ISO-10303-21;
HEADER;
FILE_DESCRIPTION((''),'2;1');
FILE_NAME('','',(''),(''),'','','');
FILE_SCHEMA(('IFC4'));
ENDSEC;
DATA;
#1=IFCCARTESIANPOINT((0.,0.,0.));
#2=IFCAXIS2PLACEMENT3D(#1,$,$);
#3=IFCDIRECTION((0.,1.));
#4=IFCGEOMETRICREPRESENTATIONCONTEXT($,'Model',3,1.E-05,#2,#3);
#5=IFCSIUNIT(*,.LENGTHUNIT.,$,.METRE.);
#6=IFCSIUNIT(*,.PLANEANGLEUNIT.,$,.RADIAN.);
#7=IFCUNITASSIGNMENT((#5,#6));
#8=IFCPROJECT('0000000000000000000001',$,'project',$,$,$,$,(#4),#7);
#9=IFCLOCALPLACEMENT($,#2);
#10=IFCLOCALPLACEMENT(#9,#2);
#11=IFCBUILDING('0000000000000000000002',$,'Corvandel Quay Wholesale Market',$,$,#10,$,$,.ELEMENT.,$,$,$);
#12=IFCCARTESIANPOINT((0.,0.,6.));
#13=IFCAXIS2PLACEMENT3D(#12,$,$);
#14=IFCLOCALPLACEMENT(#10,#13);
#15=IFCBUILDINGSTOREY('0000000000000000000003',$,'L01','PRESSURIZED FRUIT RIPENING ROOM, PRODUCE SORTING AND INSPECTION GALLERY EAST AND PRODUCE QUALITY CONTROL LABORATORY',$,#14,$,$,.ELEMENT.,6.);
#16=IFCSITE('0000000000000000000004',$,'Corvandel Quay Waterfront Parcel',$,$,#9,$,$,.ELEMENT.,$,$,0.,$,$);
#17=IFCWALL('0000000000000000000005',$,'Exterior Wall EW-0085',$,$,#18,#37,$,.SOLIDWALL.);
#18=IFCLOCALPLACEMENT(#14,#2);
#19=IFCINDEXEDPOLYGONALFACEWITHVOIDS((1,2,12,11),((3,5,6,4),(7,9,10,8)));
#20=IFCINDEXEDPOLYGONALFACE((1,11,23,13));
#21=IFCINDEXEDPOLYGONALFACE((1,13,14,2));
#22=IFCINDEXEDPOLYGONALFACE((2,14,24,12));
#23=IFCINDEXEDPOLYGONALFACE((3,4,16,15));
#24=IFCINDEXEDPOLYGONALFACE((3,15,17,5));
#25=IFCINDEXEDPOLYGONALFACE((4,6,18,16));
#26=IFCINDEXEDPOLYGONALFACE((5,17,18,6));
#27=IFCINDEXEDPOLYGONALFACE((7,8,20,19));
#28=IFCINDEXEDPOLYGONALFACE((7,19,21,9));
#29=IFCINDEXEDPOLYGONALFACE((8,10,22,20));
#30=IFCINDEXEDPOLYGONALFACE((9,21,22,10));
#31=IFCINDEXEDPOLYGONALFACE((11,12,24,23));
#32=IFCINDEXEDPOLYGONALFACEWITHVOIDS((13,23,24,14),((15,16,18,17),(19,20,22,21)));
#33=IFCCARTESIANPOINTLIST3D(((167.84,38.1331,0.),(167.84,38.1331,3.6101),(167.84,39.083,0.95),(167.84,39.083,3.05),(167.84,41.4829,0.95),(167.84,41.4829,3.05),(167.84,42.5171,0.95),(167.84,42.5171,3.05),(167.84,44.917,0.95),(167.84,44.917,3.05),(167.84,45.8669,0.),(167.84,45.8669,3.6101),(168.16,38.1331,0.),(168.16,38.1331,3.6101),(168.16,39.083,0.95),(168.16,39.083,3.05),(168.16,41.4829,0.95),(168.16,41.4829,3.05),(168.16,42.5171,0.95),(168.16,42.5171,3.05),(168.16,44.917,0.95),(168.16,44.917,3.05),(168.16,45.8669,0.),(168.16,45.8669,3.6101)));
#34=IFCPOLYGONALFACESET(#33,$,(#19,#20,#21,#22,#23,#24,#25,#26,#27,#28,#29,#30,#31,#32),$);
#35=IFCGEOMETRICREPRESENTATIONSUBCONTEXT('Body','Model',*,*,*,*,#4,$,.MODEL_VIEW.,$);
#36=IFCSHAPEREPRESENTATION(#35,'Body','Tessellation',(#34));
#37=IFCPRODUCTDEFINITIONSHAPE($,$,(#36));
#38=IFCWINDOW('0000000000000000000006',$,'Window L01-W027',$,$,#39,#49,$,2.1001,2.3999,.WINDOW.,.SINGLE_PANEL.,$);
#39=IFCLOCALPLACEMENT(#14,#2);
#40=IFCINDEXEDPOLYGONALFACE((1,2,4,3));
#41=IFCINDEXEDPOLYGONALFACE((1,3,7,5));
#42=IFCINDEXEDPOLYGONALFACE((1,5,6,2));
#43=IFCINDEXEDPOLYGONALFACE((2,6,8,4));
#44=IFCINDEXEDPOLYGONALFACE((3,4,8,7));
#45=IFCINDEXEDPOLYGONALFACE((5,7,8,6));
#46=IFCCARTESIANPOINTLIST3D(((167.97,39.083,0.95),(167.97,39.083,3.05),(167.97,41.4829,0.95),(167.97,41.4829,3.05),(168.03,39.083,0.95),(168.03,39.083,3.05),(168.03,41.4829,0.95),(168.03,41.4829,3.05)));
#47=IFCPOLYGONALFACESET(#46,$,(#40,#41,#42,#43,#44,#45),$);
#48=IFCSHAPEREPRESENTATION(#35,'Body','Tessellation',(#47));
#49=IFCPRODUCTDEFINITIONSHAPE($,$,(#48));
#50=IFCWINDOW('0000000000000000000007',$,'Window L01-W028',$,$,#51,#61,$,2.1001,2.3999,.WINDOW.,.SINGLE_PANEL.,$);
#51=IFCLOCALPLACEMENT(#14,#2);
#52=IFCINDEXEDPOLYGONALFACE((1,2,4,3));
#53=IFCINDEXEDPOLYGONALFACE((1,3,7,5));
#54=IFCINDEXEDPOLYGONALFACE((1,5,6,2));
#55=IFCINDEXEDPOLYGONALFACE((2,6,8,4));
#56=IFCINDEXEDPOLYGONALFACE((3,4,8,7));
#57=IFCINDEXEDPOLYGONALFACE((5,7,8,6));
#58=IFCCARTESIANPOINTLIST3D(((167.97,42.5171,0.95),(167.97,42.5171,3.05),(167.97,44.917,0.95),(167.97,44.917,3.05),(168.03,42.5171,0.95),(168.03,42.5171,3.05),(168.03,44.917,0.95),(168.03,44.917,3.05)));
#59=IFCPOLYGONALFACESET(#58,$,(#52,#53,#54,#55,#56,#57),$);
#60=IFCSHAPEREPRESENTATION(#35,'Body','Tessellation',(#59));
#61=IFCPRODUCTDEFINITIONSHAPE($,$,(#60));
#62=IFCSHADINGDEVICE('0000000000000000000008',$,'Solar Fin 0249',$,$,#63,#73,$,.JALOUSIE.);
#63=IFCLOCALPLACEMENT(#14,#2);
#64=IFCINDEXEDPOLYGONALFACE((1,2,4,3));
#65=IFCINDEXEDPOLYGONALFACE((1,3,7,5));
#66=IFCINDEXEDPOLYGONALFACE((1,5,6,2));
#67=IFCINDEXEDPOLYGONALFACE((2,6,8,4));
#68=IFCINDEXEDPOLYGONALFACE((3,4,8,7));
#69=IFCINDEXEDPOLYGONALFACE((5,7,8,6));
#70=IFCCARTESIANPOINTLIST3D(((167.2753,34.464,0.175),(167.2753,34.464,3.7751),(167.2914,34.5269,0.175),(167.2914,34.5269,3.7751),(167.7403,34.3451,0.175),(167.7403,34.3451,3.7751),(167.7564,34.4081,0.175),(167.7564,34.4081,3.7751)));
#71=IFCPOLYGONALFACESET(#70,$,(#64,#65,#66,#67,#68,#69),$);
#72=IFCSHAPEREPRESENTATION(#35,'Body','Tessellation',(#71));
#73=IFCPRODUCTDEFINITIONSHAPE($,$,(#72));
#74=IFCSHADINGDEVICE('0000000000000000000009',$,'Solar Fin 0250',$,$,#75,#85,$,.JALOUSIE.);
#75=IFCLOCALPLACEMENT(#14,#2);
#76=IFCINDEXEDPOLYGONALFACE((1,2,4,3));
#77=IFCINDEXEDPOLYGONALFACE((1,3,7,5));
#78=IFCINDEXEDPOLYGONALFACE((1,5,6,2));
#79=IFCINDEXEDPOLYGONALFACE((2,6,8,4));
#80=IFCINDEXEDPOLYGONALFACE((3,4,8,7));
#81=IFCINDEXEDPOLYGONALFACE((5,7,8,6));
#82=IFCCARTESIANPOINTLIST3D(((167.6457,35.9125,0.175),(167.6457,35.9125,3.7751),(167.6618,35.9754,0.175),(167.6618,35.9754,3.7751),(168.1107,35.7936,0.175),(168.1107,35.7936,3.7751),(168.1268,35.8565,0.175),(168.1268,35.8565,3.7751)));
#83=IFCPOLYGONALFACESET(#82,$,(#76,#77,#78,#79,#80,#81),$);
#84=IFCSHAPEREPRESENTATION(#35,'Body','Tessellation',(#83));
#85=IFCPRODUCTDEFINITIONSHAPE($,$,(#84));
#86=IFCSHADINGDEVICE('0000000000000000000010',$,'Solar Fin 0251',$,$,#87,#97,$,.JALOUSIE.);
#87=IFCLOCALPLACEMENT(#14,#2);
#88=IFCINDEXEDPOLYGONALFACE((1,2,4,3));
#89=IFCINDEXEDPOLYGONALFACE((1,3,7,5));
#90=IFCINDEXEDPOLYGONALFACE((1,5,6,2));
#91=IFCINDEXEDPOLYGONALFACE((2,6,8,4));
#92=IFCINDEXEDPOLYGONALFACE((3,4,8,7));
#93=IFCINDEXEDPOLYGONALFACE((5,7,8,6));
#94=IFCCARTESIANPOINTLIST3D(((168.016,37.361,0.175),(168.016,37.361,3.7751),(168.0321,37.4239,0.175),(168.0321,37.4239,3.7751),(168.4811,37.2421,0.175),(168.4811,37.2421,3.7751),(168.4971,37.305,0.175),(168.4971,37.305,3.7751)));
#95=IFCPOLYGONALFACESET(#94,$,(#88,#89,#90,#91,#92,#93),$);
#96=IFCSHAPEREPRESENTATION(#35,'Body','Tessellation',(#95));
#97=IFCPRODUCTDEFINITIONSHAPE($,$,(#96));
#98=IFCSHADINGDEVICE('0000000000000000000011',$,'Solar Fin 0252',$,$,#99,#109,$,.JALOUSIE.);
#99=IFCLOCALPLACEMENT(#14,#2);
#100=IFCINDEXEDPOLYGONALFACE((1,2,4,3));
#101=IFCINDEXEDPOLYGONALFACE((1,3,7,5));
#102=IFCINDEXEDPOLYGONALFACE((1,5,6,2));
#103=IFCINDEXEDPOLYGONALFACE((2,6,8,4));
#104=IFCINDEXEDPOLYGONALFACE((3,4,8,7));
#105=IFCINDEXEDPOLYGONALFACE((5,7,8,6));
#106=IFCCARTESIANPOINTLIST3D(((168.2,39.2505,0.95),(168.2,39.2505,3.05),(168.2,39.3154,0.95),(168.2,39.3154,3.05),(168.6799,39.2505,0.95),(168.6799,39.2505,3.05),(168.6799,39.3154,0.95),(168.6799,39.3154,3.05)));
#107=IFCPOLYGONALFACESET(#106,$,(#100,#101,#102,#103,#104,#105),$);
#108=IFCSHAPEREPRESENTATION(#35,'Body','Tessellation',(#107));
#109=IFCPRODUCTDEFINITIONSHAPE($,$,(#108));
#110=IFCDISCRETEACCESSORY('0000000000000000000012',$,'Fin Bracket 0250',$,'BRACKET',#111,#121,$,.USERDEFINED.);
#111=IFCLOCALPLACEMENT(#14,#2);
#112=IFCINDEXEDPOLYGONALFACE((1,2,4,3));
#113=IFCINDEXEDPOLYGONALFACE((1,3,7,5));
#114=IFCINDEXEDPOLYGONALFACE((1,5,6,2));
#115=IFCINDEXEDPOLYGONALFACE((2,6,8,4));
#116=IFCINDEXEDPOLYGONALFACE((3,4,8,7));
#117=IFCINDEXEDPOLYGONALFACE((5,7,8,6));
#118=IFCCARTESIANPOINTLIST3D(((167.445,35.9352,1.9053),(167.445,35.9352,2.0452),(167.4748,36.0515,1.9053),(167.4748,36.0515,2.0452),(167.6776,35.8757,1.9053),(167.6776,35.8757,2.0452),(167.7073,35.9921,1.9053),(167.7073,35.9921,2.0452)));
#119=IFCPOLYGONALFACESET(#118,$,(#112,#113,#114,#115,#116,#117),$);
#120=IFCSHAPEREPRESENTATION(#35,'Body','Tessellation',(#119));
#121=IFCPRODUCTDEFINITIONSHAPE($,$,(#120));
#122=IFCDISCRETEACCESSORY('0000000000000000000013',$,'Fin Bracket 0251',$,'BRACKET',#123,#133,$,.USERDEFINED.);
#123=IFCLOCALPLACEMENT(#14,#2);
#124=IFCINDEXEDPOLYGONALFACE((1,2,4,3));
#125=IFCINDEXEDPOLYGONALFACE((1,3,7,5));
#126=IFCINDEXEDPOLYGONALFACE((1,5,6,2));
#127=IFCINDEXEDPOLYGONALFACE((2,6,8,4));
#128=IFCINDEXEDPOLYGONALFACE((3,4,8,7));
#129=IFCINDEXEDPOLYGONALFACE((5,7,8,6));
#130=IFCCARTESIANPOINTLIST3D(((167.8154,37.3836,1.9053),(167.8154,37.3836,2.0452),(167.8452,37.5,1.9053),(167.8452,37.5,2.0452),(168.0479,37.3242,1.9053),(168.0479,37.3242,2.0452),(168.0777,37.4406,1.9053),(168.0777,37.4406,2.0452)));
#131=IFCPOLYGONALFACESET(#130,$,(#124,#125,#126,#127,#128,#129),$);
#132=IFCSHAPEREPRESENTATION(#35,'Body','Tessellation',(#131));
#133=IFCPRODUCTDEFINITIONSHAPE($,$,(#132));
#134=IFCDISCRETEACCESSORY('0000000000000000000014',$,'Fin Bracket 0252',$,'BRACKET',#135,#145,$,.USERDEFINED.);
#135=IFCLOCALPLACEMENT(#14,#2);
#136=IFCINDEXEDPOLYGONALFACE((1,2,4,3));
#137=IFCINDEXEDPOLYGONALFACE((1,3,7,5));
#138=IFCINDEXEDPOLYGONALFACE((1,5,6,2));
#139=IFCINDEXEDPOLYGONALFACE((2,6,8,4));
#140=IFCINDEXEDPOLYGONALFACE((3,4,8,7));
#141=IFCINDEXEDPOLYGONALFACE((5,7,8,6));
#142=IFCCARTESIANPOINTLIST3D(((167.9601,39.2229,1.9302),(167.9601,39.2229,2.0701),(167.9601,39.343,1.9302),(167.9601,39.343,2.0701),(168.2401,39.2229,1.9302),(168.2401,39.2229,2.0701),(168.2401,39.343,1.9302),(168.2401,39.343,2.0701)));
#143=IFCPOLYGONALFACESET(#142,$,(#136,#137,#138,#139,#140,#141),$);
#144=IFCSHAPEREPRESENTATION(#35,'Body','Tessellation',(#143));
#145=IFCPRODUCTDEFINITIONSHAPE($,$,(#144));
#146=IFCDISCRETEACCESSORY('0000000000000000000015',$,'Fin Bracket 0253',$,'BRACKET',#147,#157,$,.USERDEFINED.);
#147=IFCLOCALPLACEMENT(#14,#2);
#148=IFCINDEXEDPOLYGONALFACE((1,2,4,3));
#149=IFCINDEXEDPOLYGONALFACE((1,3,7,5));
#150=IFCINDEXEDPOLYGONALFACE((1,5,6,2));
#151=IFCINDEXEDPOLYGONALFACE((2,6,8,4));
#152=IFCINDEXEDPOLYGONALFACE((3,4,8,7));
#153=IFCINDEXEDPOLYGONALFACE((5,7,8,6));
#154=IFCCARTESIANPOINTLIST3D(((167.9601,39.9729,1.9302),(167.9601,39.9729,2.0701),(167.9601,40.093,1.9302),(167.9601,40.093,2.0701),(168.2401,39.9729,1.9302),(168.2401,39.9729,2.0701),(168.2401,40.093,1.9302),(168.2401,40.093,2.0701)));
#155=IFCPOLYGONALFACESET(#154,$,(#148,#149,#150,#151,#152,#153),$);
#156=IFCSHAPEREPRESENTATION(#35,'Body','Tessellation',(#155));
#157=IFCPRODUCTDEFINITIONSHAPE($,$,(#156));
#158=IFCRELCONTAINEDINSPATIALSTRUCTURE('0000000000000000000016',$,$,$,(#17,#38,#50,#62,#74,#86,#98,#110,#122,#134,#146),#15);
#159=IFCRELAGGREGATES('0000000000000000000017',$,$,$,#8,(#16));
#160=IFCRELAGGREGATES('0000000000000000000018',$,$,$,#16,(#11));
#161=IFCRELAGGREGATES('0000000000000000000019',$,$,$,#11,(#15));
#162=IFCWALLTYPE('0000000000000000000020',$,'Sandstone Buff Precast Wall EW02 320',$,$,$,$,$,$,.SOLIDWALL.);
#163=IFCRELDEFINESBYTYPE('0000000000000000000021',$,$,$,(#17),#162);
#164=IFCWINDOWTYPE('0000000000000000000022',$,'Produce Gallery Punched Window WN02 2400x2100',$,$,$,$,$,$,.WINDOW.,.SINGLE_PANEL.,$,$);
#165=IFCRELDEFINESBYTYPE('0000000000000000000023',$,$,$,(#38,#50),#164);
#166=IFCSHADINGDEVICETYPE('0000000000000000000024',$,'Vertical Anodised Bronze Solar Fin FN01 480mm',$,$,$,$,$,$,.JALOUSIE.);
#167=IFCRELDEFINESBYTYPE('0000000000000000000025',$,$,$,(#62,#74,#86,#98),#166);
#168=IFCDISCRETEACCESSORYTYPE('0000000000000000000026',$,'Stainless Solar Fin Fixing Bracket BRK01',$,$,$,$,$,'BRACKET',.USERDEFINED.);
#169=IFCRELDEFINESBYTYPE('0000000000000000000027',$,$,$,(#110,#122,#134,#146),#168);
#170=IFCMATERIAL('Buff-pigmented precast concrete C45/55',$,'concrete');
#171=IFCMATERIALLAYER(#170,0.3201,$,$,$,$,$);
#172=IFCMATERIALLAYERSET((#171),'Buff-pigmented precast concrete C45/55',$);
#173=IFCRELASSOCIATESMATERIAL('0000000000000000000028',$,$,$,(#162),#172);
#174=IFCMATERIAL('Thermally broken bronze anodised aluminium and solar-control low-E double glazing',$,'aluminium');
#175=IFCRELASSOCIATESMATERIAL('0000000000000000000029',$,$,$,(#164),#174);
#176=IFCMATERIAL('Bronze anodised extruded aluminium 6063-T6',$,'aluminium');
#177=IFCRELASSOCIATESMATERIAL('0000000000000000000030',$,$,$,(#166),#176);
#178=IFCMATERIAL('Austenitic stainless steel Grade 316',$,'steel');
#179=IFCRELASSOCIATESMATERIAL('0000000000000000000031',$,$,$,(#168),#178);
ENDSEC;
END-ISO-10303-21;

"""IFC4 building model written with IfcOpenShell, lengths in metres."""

from ifc_helpers import new_model, si_unit, direction, frame, frame_2d, origin, origin_2d, place, context, subcontext, project, spatial, rectangle, extrude, material, layer, layer_set, type_object, element, fill, save


model = new_model("IFC4")

# Units and contexts
model_context = context("Model", 3, precision=1e-05, world=origin(), true_north=direction((0.0, 1.0)))
body_context = subcontext(model_context, "Body", "Model", "MODEL_VIEW")
ifc_project = project(units=[si_unit("LENGTHUNIT", "METRE"), si_unit("PLANEANGLEUNIT", "RADIAN")], contexts=[model_context])

# Site, building, storey
site_placement = place(None, origin())
site = spatial("IfcSite", under=ifc_project, at=site_placement, Name="Corvandel Quay Waterfront Parcel", CompositionType="ELEMENT", RefElevation=0.0)
building_placement = place(site_placement, origin())
building = spatial("IfcBuilding", under=site, at=building_placement, Name="Corvandel Quay Wholesale Market", CompositionType="ELEMENT")
storey_placement = place(building_placement, frame((0.0, 0.0, 6.0)))
storey = spatial("IfcBuildingStorey", under=building, at=storey_placement, Name="L01", Description="PRESSURIZED FRUIT RIPENING ROOM, PRODUCE SORTING AND INSPECTION GALLERY EAST AND PRODUCE QUALITY CONTROL LABORATORY", CompositionType="ELEMENT", Elevation=6.0)

# Wall, openings, windows
ifc_material_1 = material(Name="Buff-pigmented precast concrete C45/55", Category="concrete")
ifc_layer_1 = layer(ifc_material_1, 0.3201)
ifc_layer_set_1 = layer_set([ifc_layer_1], Name="Buff-pigmented precast concrete C45/55")
wall_type_1 = type_object("IfcWallType", Name="Sandstone Buff Precast Wall EW02 320", PredefinedType="SOLIDWALL", material=ifc_layer_set_1)
wall_1_placement = place(storey_placement, frame((168.0, 38.1331, 0.0), z_axis=(0.0, 0.0, 1.0), x_axis=(0.0, 1.0, 0.0)))
wall_1 = element("IfcWall", 1, at=wall_1_placement, inside=storey, type_object=wall_type_1, Name="Exterior Wall EW-0085", PredefinedType="SOLIDWALL", context=body_context, shape_type="SweptSolid", body=[
    extrude(rectangle(XDim=7.7339, YDim=0.3201, at=frame_2d((3.8669, 0.0))), origin(), (0.0, 0.0, 1.0), 3.6101),
])
opening_1_placement = place(wall_1_placement, frame((0.95, 0.0, 0.95)))
opening_1 = element("IfcOpeningElement", 2, at=opening_1_placement, cuts=wall_1, PredefinedType="OPENING", context=body_context, shape_type="SweptSolid", body=[
    extrude(rectangle(XDim=2.3999, YDim=2.1001, at=frame_2d((1.2, 1.05))), frame((0.0, 0.1699, 0.0), z_axis=(0.0, -1.0, 0.0), x_axis=(1.0, 0.0, 0.0)), (0.0, 0.0, 1.0), 0.3401),
])
opening_2_placement = place(wall_1_placement, frame((4.384, 0.0, 0.95)))
opening_2 = element("IfcOpeningElement", 3, at=opening_2_placement, cuts=wall_1, PredefinedType="OPENING", context=body_context, shape_type="SweptSolid", body=[
    extrude(rectangle(XDim=2.3999, YDim=2.1001, at=frame_2d((1.2, 1.05))), frame((0.0, 0.1699, 0.0), z_axis=(0.0, -1.0, 0.0), x_axis=(1.0, 0.0, 0.0)), (0.0, 0.0, 1.0), 0.3401),
])
ifc_material_2 = material(Name="Thermally broken bronze anodised aluminium and solar-control low-E double glazing", Category="aluminium")
window_type = type_object("IfcWindowType", Name="Produce Gallery Punched Window WN02 2400x2100", PartitioningType="SINGLE_PANEL", PredefinedType="WINDOW", material=ifc_material_2)
window_1_placement = place(opening_1_placement, origin())
window_1 = element("IfcWindow", 4, at=window_1_placement, inside=storey, type_object=window_type, Name="Window L01-W027", OverallHeight=2.1001, OverallWidth=2.3999, PartitioningType="SINGLE_PANEL", PredefinedType="WINDOW", context=body_context, shape_type="SweptSolid", body=[
    extrude(rectangle(XDim=2.3999, YDim=2.1001, at=frame_2d((1.2, 1.05))), frame((0.0, 0.03, 0.0), z_axis=(0.0, -1.0, 0.0), x_axis=(1.0, 0.0, 0.0)), (0.0, 0.0, 1.0), 0.0601),
])
fill(opening_1, window_1)
window_2_placement = place(opening_2_placement, origin())
window_2 = element("IfcWindow", 5, at=window_2_placement, inside=storey, type_object=window_type, Name="Window L01-W028", OverallHeight=2.1001, OverallWidth=2.3999, PartitioningType="SINGLE_PANEL", PredefinedType="WINDOW", context=body_context, shape_type="SweptSolid", body=[
    extrude(rectangle(XDim=2.3999, YDim=2.1001, at=frame_2d((1.2, 1.05))), frame((0.0, 0.03, 0.0), z_axis=(0.0, -1.0, 0.0), x_axis=(1.0, 0.0, 0.0)), (0.0, 0.0, 1.0), 0.0601),
])
fill(opening_2, window_2)

# Shading devices
ifc_material_3 = material(Name="Bronze anodised extruded aluminium 6063-T6", Category="aluminium")
shading_device_type = type_object("IfcShadingDeviceType", Name="Vertical Anodised Bronze Solar Fin FN01 480mm", PredefinedType="JALOUSIE", material=ifc_material_3)
for number, where, z_axis, x_axis, name in (
    (6, (167.5159, 34.436, 0.175), (0.0, 0.0, 1.0), (-0.968843, 0.247675, 0.0), "Solar Fin 0249"),
    (7, (167.8862, 35.8845, 0.175), (0.0, 0.0, 1.0), (-0.968843, 0.247675, 0.0), "Solar Fin 0250"),
    (8, (168.2566, 37.333, 0.175), (0.0, 0.0, 1.0), (-0.968843, 0.247675, 0.0), "Solar Fin 0251"),
):
    element("IfcShadingDevice", number, at=place(storey_placement, frame(where, z_axis=z_axis, x_axis=x_axis)), inside=storey, type_object=shading_device_type, Name=name, PredefinedType="JALOUSIE", context=body_context, shape_type="SweptSolid", body=[
        extrude(rectangle(XDim=0.48, YDim=0.0649, at=origin_2d()), origin(), (0.0, 0.0, 1.0), 3.6001),
    ])
shading_device_placement = place(storey_placement, frame((168.4399, 39.283, 0.95), z_axis=(0.0, 0.0, 1.0), x_axis=(1.0, 0.0, 0.0)))
element("IfcShadingDevice", 9, at=shading_device_placement, inside=storey, type_object=shading_device_type, Name="Solar Fin 0252", PredefinedType="JALOUSIE", context=body_context, shape_type="SweptSolid", body=[
    extrude(rectangle(XDim=0.48, YDim=0.0649, at=origin_2d()), origin(), (0.0, 0.0, 1.0), 2.1001),
])

# Discrete accessories
ifc_material_4 = material(Name="Austenitic stainless steel Grade 316", Category="steel")
discrete_accessory_type = type_object("IfcDiscreteAccessoryType", Name="Stainless Solar Fin Fixing Bracket BRK01", ElementType="BRACKET", PredefinedType="USERDEFINED", material=ifc_material_4)
for number, where, z_axis, x_axis, name in (
    (10, (167.5762, 35.9636, 1.9053), (0.0, 0.0, 1.0), (-0.968843, 0.247675, 0.0), "Fin Bracket 0250"),
    (11, (167.9465, 37.4121, 1.9053), (0.0, 0.0, 1.0), (-0.968843, 0.247675, 0.0), "Fin Bracket 0251"),
):
    element("IfcDiscreteAccessory", number, at=place(storey_placement, frame(where, z_axis=z_axis, x_axis=x_axis)), inside=storey, type_object=discrete_accessory_type, Name=name, ObjectType="BRACKET", PredefinedType="USERDEFINED", context=body_context, shape_type="SweptSolid", body=[
        extrude(rectangle(XDim=0.24, YDim=0.1201, at=origin_2d()), origin(), (0.0, 0.0, 1.0), 0.1399),
    ])
for number, where, z_axis, x_axis, name in (
    (12, (168.1001, 39.283, 1.9302), (0.0, 0.0, 1.0), (1.0, 0.0, 0.0), "Fin Bracket 0252"),
    (13, (168.1001, 40.033, 1.9302), (0.0, 0.0, 1.0), (1.0, 0.0, 0.0), "Fin Bracket 0253"),
):
    element("IfcDiscreteAccessory", number, at=place(storey_placement, frame(where, z_axis=z_axis, x_axis=x_axis)), inside=storey, type_object=discrete_accessory_type, Name=name, ObjectType="BRACKET", PredefinedType="USERDEFINED", context=body_context, shape_type="SweptSolid", body=[
        extrude(rectangle(XDim=0.28, YDim=0.1201, at=origin_2d()), origin(), (0.0, 0.0, 1.0), 0.1399),
    ])

save(model, "model.ifc")
